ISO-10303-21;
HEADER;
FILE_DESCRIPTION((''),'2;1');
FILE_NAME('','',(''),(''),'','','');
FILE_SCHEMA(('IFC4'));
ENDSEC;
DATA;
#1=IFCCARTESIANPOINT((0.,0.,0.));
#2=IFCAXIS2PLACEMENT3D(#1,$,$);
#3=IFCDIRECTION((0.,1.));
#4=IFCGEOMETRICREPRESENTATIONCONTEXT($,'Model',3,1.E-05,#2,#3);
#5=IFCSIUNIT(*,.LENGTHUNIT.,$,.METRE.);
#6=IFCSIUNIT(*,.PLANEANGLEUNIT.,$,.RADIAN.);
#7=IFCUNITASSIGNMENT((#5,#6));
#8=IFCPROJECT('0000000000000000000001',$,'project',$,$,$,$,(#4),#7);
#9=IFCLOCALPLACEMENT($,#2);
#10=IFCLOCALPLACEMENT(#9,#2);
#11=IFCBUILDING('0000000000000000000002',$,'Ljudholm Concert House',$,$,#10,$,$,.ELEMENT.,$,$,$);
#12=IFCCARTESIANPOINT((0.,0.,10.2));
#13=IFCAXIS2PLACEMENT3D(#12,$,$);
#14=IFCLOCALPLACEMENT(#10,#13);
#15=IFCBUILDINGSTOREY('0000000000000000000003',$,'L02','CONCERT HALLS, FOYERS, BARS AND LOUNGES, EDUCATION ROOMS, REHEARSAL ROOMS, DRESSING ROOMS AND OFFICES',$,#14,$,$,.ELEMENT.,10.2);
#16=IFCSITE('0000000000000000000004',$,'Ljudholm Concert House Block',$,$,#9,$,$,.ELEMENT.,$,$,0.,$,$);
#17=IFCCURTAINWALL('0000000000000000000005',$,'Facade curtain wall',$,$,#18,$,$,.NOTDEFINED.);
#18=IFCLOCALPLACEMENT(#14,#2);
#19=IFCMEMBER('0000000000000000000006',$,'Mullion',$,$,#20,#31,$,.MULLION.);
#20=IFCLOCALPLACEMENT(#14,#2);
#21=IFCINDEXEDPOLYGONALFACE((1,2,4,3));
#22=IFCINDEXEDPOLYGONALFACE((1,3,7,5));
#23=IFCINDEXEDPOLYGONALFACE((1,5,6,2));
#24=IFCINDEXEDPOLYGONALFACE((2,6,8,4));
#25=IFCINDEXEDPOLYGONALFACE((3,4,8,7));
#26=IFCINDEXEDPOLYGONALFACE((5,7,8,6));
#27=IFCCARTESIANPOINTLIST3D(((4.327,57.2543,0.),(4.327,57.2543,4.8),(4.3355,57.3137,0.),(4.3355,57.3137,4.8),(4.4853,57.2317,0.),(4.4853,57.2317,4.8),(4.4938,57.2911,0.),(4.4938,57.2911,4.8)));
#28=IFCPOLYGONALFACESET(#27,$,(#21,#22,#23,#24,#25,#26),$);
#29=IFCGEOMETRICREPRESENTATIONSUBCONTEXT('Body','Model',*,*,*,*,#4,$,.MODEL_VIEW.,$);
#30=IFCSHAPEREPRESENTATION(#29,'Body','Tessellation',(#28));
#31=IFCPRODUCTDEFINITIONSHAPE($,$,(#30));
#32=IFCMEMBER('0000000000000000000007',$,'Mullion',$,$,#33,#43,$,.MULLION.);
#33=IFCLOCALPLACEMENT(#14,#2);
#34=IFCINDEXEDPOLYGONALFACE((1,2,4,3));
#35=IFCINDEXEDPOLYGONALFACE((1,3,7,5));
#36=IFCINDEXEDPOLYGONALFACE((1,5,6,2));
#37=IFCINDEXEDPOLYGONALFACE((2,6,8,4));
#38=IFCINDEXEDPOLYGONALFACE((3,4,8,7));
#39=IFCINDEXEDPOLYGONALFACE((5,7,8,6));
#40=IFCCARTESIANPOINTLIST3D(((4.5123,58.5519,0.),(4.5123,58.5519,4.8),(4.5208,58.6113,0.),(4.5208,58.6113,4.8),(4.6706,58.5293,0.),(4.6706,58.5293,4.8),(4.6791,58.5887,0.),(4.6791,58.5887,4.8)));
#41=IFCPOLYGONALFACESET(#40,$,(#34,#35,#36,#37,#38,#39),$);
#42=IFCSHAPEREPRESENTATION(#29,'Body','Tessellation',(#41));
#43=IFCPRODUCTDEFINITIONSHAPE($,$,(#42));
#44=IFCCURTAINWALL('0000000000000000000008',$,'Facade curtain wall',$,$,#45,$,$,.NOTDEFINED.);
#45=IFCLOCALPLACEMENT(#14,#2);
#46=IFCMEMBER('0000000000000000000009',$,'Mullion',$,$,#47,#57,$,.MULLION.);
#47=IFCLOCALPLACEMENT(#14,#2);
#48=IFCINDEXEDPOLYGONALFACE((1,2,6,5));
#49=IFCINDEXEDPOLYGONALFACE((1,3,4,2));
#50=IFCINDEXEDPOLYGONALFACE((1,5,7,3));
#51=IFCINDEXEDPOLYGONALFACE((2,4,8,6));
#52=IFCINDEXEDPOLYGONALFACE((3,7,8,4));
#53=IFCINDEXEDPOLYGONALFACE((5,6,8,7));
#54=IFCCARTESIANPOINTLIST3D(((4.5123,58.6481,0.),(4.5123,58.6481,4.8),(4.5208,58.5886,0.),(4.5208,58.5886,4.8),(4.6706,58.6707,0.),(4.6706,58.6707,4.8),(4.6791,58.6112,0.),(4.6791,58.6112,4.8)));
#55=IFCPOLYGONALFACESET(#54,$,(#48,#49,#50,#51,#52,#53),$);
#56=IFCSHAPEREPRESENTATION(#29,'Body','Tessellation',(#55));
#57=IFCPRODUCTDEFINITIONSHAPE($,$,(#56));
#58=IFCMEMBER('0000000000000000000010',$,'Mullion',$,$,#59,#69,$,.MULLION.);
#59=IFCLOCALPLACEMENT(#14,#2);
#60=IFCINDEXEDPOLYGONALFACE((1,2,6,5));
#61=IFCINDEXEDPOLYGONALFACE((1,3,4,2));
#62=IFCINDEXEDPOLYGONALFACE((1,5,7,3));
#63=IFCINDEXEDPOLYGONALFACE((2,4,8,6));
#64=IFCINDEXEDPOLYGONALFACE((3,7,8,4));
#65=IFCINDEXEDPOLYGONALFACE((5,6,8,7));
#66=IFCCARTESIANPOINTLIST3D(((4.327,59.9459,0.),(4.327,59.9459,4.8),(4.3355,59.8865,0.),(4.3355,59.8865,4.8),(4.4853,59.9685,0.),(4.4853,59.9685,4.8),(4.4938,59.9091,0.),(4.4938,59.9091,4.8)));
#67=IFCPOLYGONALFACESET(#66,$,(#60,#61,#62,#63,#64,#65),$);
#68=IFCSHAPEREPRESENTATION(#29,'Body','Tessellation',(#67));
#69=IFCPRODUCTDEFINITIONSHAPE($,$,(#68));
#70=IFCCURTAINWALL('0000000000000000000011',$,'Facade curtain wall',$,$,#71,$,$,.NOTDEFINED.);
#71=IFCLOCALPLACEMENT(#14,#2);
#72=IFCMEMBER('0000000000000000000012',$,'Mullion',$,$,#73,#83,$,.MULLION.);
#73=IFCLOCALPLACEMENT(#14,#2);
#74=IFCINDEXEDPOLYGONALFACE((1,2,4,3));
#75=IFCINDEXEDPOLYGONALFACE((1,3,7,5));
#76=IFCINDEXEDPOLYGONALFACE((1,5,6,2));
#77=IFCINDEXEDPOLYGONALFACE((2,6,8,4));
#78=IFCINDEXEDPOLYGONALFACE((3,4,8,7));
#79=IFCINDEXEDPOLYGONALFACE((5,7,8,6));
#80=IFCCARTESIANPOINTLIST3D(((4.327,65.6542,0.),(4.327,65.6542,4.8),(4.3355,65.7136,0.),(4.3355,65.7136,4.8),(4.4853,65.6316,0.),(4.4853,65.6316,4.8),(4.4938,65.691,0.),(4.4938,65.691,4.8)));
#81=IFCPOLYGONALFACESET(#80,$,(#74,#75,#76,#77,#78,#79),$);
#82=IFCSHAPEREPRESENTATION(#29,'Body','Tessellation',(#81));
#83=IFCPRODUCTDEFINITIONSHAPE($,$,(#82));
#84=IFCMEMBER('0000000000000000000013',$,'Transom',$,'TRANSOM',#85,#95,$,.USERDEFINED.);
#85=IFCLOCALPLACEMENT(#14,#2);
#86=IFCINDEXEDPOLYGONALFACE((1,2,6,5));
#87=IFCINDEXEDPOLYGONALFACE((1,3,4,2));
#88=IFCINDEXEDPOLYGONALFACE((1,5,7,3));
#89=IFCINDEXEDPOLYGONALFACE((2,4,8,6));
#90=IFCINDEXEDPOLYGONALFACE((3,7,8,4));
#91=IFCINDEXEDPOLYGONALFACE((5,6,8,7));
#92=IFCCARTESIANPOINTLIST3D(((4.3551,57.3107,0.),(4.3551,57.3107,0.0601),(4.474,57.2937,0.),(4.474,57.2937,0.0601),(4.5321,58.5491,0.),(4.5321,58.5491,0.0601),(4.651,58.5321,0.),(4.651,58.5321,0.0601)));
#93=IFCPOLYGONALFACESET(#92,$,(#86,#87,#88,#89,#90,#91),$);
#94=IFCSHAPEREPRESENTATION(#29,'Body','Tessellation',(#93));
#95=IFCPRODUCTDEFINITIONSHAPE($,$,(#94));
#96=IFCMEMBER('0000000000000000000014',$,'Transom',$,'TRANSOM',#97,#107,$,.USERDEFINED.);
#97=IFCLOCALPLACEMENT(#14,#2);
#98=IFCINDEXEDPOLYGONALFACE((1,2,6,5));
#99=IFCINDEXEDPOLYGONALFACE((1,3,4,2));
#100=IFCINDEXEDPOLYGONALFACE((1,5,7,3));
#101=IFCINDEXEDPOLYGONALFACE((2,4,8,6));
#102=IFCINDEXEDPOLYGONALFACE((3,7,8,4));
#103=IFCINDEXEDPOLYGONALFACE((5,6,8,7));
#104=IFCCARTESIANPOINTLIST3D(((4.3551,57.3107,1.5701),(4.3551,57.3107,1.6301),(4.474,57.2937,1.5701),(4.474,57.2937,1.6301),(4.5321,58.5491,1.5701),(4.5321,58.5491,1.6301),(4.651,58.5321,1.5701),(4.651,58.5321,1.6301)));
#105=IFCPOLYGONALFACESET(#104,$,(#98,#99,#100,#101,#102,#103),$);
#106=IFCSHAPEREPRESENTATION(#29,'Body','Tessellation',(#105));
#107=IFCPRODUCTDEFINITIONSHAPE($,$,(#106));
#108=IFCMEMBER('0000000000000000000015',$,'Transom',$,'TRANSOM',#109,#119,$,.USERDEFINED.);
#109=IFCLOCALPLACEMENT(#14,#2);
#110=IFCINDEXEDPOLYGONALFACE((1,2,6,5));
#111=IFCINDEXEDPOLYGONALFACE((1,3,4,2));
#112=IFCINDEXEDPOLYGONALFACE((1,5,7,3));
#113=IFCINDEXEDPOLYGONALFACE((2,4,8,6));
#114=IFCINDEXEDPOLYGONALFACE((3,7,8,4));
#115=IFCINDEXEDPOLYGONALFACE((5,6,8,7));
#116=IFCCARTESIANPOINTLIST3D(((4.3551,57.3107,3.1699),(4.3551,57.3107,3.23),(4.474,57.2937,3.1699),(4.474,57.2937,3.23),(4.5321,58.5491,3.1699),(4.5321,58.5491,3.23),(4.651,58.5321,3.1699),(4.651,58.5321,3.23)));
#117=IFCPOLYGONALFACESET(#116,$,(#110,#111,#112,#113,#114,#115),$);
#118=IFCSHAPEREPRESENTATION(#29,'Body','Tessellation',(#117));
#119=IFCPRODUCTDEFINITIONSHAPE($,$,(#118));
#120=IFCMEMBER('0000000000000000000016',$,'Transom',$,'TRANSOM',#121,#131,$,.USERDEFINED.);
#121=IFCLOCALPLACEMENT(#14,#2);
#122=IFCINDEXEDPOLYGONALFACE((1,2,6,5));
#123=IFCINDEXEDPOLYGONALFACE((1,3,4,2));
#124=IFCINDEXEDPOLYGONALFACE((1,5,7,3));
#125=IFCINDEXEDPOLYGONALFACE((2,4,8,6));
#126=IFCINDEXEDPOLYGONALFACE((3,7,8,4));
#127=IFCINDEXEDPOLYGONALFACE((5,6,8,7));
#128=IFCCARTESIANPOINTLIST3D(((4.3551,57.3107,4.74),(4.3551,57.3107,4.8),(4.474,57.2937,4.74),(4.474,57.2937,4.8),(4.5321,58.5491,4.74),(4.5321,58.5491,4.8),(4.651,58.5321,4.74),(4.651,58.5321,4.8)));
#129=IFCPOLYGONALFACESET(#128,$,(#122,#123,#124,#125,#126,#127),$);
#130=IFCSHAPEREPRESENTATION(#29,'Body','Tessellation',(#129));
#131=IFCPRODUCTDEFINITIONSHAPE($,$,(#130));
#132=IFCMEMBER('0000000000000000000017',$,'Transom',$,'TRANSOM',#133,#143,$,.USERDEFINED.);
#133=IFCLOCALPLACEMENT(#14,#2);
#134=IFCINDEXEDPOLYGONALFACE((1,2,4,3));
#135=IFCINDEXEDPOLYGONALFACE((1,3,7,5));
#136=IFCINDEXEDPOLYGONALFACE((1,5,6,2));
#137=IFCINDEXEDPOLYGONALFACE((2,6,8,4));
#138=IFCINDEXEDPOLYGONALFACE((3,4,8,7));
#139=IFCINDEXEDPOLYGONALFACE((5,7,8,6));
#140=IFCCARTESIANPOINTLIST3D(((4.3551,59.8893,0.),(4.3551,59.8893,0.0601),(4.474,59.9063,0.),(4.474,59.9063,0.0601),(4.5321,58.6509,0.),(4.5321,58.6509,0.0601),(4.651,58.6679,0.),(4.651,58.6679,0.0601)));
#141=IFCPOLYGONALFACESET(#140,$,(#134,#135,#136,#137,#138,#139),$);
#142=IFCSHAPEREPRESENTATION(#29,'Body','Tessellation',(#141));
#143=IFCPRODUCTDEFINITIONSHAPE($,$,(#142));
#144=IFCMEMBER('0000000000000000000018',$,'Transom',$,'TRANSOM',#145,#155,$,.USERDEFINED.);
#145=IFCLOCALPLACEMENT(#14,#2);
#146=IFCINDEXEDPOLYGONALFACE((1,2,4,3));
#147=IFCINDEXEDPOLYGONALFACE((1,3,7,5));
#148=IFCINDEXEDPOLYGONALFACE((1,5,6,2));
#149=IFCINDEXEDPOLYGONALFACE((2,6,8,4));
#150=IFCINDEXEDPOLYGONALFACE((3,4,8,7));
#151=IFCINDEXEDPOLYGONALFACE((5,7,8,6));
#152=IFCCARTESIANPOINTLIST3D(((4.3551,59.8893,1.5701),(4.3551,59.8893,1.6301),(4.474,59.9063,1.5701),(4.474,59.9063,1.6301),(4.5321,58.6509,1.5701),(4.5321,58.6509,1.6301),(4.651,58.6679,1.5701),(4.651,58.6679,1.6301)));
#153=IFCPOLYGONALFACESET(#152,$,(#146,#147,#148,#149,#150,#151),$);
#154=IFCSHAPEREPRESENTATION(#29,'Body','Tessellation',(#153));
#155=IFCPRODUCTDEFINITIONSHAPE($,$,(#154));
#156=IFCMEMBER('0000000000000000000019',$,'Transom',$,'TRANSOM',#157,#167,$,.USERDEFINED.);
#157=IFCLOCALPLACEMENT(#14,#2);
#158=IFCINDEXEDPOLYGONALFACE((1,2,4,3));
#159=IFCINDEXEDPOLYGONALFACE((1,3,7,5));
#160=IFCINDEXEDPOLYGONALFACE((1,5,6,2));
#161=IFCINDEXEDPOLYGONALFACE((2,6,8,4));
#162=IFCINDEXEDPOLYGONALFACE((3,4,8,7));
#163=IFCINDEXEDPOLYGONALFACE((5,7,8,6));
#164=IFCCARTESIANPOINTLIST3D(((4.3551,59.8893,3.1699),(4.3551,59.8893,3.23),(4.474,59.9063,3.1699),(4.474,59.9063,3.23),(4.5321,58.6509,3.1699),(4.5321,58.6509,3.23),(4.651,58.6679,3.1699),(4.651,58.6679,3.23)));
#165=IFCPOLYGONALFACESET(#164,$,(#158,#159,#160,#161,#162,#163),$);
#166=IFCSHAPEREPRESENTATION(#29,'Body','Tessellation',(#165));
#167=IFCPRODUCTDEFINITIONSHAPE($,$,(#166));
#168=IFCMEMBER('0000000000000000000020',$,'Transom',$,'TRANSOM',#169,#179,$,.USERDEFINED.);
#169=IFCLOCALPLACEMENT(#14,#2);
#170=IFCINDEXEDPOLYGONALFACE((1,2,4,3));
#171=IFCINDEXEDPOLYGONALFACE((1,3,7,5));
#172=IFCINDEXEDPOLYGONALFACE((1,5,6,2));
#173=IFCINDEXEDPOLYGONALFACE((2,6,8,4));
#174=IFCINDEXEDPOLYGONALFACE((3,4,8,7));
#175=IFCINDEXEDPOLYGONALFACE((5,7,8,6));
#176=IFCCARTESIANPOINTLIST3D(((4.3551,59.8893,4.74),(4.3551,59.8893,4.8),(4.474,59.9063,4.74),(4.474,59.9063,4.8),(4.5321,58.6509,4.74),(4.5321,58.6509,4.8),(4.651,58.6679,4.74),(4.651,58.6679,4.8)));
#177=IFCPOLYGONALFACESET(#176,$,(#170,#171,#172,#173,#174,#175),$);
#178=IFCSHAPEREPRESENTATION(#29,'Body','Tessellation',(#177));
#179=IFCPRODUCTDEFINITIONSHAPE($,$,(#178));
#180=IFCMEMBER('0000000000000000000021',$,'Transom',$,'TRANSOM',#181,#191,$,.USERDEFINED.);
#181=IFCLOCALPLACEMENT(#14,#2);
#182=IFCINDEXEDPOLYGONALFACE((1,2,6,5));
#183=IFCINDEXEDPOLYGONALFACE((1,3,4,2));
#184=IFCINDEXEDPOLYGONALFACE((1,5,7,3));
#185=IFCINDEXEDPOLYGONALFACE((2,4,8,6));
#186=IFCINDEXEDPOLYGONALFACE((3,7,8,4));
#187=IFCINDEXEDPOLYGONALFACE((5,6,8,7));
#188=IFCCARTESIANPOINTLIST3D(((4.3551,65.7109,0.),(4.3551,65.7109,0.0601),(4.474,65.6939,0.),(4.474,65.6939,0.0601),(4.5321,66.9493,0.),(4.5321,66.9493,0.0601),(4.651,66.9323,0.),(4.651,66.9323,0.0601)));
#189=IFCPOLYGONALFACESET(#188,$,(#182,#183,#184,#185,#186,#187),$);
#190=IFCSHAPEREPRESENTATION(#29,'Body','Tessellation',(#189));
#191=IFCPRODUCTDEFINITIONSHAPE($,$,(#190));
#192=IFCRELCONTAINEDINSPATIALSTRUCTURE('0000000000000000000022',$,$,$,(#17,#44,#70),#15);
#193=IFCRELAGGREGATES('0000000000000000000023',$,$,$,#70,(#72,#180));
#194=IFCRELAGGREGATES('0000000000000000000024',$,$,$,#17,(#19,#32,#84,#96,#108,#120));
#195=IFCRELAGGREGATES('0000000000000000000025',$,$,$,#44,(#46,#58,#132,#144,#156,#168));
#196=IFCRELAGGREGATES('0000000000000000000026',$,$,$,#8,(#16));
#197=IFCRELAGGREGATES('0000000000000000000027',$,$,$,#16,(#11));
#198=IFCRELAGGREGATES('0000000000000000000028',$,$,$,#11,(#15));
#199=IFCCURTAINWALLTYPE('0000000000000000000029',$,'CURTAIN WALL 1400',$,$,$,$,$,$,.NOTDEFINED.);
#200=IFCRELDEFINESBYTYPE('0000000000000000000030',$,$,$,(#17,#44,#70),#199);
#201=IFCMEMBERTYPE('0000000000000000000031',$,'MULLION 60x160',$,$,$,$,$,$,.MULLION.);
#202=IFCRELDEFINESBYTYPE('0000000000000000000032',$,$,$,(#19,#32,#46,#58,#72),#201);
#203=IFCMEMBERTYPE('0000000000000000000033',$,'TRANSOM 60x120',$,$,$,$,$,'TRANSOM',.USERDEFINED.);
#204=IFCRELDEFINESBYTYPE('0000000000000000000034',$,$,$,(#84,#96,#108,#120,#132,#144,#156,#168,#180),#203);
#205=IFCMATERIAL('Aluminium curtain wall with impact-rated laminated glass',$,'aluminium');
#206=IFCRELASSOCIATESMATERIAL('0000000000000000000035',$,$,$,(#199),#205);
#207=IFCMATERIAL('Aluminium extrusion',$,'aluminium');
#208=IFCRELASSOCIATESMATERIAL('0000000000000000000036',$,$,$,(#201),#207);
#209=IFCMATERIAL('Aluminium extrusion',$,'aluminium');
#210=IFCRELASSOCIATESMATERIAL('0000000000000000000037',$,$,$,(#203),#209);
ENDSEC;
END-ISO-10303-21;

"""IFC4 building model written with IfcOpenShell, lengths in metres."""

from ifc_helpers import new_model, si_unit, direction, frame, origin, origin_2d, place, context, subcontext, project, spatial, rectangle, extrude, material, material_profile, profile_set, type_object, element, aggregate, save


model = new_model("IFC4")

# Units and contexts
model_context = context("Model", 3, precision=1e-05, world=origin(), true_north=direction((0.0, 1.0)))
body_context = subcontext(model_context, "Body", "Model", "MODEL_VIEW")
ifc_project = project(units=[si_unit("LENGTHUNIT", "METRE"), si_unit("PLANEANGLEUNIT", "RADIAN")], contexts=[model_context])

# Site, building, storey
site_placement = place(None, origin())
site = spatial("IfcSite", under=ifc_project, at=site_placement, Name="Ljudholm Concert House Block", CompositionType="ELEMENT", RefElevation=0.0)
building_placement = place(site_placement, origin())
building = spatial("IfcBuilding", under=site, at=building_placement, Name="Ljudholm Concert House", CompositionType="ELEMENT")
storey_placement = place(building_placement, frame((0.0, 0.0, 10.2)))
storey = spatial("IfcBuildingStorey", under=building, at=storey_placement, Name="L02", Description="CONCERT HALLS, FOYERS, BARS AND LOUNGES, EDUCATION ROOMS, REHEARSAL ROOMS, DRESSING ROOMS AND OFFICES", CompositionType="ELEMENT", Elevation=10.2)

# Curtain walls, members
ifc_material_1 = material(Name="Aluminium curtain wall with impact-rated laminated glass", Category="aluminium")
curtain_wall_type = type_object("IfcCurtainWallType", Name="CURTAIN WALL 1400", PredefinedType="NOTDEFINED", material=ifc_material_1)
curtain_wall_1_placement = place(storey_placement, origin())
curtain_wall_1 = element("IfcCurtainWall", 1, at=curtain_wall_1_placement, inside=storey, type_object=curtain_wall_type, Name="Facade curtain wall", PredefinedType="NOTDEFINED")
ifc_material_2 = material(Name="Aluminium extrusion", Category="aluminium")
ifc_material_profile_1 = material_profile(ifc_material_2, rectangle(XDim=0.1599, YDim=0.0601, at=origin_2d()), Name="MULLION 60x160")
ifc_profile_set_1 = profile_set([ifc_material_profile_1], Name="Aluminium extrusion")
member_type_1 = type_object("IfcMemberType", Name="MULLION 60x160", PredefinedType="MULLION", material=ifc_profile_set_1)
member_1_placement = place(storey_placement, frame((4.4104, 57.2727, 0.0), z_axis=(0.0, 0.0, 1.0), x_axis=(-0.989949, 0.141421, 0.0)))
member_1 = element("IfcMember", 2, at=member_1_placement, type_object=member_type_1, Name="Mullion", PredefinedType="MULLION", context=body_context, shape_type="SweptSolid", body=[
    extrude(rectangle(XDim=0.1599, YDim=0.0601, at=origin_2d()), origin(), (0.0, 0.0, 1.0), 4.8),
])
member_2_placement = place(storey_placement, frame((4.5957, 58.5703, 0.0), z_axis=(0.0, 0.0, 1.0), x_axis=(-0.989949, 0.141421, 0.0)))
member_2 = element("IfcMember", 3, at=member_2_placement, type_object=member_type_1, Name="Mullion", PredefinedType="MULLION", context=body_context, shape_type="SweptSolid", body=[
    extrude(rectangle(XDim=0.1599, YDim=0.0601, at=origin_2d()), origin(), (0.0, 0.0, 1.0), 4.8),
])
curtain_wall_2_placement = place(storey_placement, origin())
curtain_wall_2 = element("IfcCurtainWall", 4, at=curtain_wall_2_placement, inside=storey, type_object=curtain_wall_type, Name="Facade curtain wall", PredefinedType="NOTDEFINED")
member_3_placement = place(storey_placement, frame((4.5957, 58.6296, 0.0), z_axis=(0.0, 0.0, 1.0), x_axis=(-0.989949, -0.141421, 0.0)))
member_3 = element("IfcMember", 5, at=member_3_placement, type_object=member_type_1, Name="Mullion", PredefinedType="MULLION", context=body_context, shape_type="SweptSolid", body=[
    extrude(rectangle(XDim=0.1599, YDim=0.0601, at=origin_2d()), origin(), (0.0, 0.0, 1.0), 4.8),
])
member_4_placement = place(storey_placement, frame((4.4104, 59.9275, 0.0), z_axis=(0.0, 0.0, 1.0), x_axis=(-0.989949, -0.141421, 0.0)))
member_4 = element("IfcMember", 6, at=member_4_placement, type_object=member_type_1, Name="Mullion", PredefinedType="MULLION", context=body_context, shape_type="SweptSolid", body=[
    extrude(rectangle(XDim=0.1599, YDim=0.0601, at=origin_2d()), origin(), (0.0, 0.0, 1.0), 4.8),
])

# Curtain wall, member
curtain_wall_3_placement = place(storey_placement, origin())
curtain_wall_3 = element("IfcCurtainWall", 7, at=curtain_wall_3_placement, inside=storey, type_object=curtain_wall_type, Name="Facade curtain wall", PredefinedType="NOTDEFINED")
member_5_placement = place(storey_placement, frame((4.4104, 65.6726, 0.0), z_axis=(0.0, 0.0, 1.0), x_axis=(-0.989949, 0.141421, 0.0)))
member_5 = element("IfcMember", 8, at=member_5_placement, type_object=member_type_1, Name="Mullion", PredefinedType="MULLION", context=body_context, shape_type="SweptSolid", body=[
    extrude(rectangle(XDim=0.1599, YDim=0.0601, at=origin_2d()), origin(), (0.0, 0.0, 1.0), 4.8),
])

# Members
ifc_material_3 = material(Name="Aluminium extrusion", Category="aluminium")
ifc_material_profile_2 = material_profile(ifc_material_3, rectangle(XDim=0.1201, YDim=0.0601, at=origin_2d()), Name="TRANSOM 60x120")
ifc_profile_set_2 = profile_set([ifc_material_profile_2], Name="Aluminium extrusion")
member_type_2 = type_object("IfcMemberType", Name="TRANSOM 60x120", ElementType="TRANSOM", PredefinedType="USERDEFINED", material=ifc_profile_set_2)
member_6_placement = place(storey_placement, frame((4.4146, 57.3022, 0.03), z_axis=(0.141503, 0.989938, 0.0), x_axis=(-0.989938, 0.141503, 0.0)))
member_6 = element("IfcMember", 9, at=member_6_placement, type_object=member_type_2, Name="Transom", ObjectType="TRANSOM", PredefinedType="USERDEFINED", context=body_context, shape_type="SweptSolid", body=[
    extrude(rectangle(XDim=0.1201, YDim=0.0601, at=origin_2d()), origin(), (0.0, 0.0, 1.0), 1.251),
])
member_7_placement = place(storey_placement, frame((4.4146, 57.3022, 1.6001), z_axis=(0.141503, 0.989938, 0.0), x_axis=(-0.989938, 0.141503, 0.0)))
member_7 = element("IfcMember", 10, at=member_7_placement, type_object=member_type_2, Name="Transom", ObjectType="TRANSOM", PredefinedType="USERDEFINED", context=body_context, shape_type="SweptSolid", body=[
    extrude(rectangle(XDim=0.1201, YDim=0.0601, at=origin_2d()), origin(), (0.0, 0.0, 1.0), 1.251),
])
member_8_placement = place(storey_placement, frame((4.4146, 57.3022, 3.2), z_axis=(0.141503, 0.989938, 0.0), x_axis=(-0.989938, 0.141503, 0.0)))
member_8 = element("IfcMember", 11, at=member_8_placement, type_object=member_type_2, Name="Transom", ObjectType="TRANSOM", PredefinedType="USERDEFINED", context=body_context, shape_type="SweptSolid", body=[
    extrude(rectangle(XDim=0.1201, YDim=0.0601, at=origin_2d()), origin(), (0.0, 0.0, 1.0), 1.251),
])
member_9_placement = place(storey_placement, frame((4.4146, 57.3022, 4.77), z_axis=(0.141503, 0.989938, 0.0), x_axis=(-0.989938, 0.141503, 0.0)))
member_9 = element("IfcMember", 12, at=member_9_placement, type_object=member_type_2, Name="Transom", ObjectType="TRANSOM", PredefinedType="USERDEFINED", context=body_context, shape_type="SweptSolid", body=[
    extrude(rectangle(XDim=0.1201, YDim=0.0601, at=origin_2d()), origin(), (0.0, 0.0, 1.0), 1.251),
])
member_10_placement = place(storey_placement, frame((4.5916, 58.6594, 0.03), z_axis=(-0.141503, 0.989938, 0.0), x_axis=(-0.989938, -0.141503, 0.0)))
member_10 = element("IfcMember", 13, at=member_10_placement, type_object=member_type_2, Name="Transom", ObjectType="TRANSOM", PredefinedType="USERDEFINED", context=body_context, shape_type="SweptSolid", body=[
    extrude(rectangle(XDim=0.1201, YDim=0.0601, at=origin_2d()), origin(), (0.0, 0.0, 1.0), 1.251),
])
member_11_placement = place(storey_placement, frame((4.5916, 58.6594, 1.6001), z_axis=(-0.141503, 0.989938, 0.0), x_axis=(-0.989938, -0.141503, 0.0)))
member_11 = element("IfcMember", 14, at=member_11_placement, type_object=member_type_2, Name="Transom", ObjectType="TRANSOM", PredefinedType="USERDEFINED", context=body_context, shape_type="SweptSolid", body=[
    extrude(rectangle(XDim=0.1201, YDim=0.0601, at=origin_2d()), origin(), (0.0, 0.0, 1.0), 1.251),
])
member_12_placement = place(storey_placement, frame((4.5916, 58.6594, 3.2), z_axis=(-0.141503, 0.989938, 0.0), x_axis=(-0.989938, -0.141503, 0.0)))
member_12 = element("IfcMember", 15, at=member_12_placement, type_object=member_type_2, Name="Transom", ObjectType="TRANSOM", PredefinedType="USERDEFINED", context=body_context, shape_type="SweptSolid", body=[
    extrude(rectangle(XDim=0.1201, YDim=0.0601, at=origin_2d()), origin(), (0.0, 0.0, 1.0), 1.251),
])
member_13_placement = place(storey_placement, frame((4.5916, 58.6594, 4.77), z_axis=(-0.141503, 0.989938, 0.0), x_axis=(-0.989938, -0.141503, 0.0)))
member_13 = element("IfcMember", 16, at=member_13_placement, type_object=member_type_2, Name="Transom", ObjectType="TRANSOM", PredefinedType="USERDEFINED", context=body_context, shape_type="SweptSolid", body=[
    extrude(rectangle(XDim=0.1201, YDim=0.0601, at=origin_2d()), origin(), (0.0, 0.0, 1.0), 1.251),
])
member_14_placement = place(storey_placement, frame((4.4146, 65.7024, 0.03), z_axis=(0.141503, 0.989938, 0.0), x_axis=(-0.989938, 0.141503, 0.0)))
member_14 = element("IfcMember", 17, at=member_14_placement, type_object=member_type_2, Name="Transom", ObjectType="TRANSOM", PredefinedType="USERDEFINED", context=body_context, shape_type="SweptSolid", body=[
    extrude(rectangle(XDim=0.1201, YDim=0.0601, at=origin_2d()), origin(), (0.0, 0.0, 1.0), 1.251),
])
aggregate(curtain_wall_3, [member_5, member_14])

aggregate(curtain_wall_1, [member_1, member_2, member_6, member_7, member_8, member_9])
aggregate(curtain_wall_2, [member_3, member_4, member_10, member_11, member_12, member_13])

save(model, "model.ifc")
